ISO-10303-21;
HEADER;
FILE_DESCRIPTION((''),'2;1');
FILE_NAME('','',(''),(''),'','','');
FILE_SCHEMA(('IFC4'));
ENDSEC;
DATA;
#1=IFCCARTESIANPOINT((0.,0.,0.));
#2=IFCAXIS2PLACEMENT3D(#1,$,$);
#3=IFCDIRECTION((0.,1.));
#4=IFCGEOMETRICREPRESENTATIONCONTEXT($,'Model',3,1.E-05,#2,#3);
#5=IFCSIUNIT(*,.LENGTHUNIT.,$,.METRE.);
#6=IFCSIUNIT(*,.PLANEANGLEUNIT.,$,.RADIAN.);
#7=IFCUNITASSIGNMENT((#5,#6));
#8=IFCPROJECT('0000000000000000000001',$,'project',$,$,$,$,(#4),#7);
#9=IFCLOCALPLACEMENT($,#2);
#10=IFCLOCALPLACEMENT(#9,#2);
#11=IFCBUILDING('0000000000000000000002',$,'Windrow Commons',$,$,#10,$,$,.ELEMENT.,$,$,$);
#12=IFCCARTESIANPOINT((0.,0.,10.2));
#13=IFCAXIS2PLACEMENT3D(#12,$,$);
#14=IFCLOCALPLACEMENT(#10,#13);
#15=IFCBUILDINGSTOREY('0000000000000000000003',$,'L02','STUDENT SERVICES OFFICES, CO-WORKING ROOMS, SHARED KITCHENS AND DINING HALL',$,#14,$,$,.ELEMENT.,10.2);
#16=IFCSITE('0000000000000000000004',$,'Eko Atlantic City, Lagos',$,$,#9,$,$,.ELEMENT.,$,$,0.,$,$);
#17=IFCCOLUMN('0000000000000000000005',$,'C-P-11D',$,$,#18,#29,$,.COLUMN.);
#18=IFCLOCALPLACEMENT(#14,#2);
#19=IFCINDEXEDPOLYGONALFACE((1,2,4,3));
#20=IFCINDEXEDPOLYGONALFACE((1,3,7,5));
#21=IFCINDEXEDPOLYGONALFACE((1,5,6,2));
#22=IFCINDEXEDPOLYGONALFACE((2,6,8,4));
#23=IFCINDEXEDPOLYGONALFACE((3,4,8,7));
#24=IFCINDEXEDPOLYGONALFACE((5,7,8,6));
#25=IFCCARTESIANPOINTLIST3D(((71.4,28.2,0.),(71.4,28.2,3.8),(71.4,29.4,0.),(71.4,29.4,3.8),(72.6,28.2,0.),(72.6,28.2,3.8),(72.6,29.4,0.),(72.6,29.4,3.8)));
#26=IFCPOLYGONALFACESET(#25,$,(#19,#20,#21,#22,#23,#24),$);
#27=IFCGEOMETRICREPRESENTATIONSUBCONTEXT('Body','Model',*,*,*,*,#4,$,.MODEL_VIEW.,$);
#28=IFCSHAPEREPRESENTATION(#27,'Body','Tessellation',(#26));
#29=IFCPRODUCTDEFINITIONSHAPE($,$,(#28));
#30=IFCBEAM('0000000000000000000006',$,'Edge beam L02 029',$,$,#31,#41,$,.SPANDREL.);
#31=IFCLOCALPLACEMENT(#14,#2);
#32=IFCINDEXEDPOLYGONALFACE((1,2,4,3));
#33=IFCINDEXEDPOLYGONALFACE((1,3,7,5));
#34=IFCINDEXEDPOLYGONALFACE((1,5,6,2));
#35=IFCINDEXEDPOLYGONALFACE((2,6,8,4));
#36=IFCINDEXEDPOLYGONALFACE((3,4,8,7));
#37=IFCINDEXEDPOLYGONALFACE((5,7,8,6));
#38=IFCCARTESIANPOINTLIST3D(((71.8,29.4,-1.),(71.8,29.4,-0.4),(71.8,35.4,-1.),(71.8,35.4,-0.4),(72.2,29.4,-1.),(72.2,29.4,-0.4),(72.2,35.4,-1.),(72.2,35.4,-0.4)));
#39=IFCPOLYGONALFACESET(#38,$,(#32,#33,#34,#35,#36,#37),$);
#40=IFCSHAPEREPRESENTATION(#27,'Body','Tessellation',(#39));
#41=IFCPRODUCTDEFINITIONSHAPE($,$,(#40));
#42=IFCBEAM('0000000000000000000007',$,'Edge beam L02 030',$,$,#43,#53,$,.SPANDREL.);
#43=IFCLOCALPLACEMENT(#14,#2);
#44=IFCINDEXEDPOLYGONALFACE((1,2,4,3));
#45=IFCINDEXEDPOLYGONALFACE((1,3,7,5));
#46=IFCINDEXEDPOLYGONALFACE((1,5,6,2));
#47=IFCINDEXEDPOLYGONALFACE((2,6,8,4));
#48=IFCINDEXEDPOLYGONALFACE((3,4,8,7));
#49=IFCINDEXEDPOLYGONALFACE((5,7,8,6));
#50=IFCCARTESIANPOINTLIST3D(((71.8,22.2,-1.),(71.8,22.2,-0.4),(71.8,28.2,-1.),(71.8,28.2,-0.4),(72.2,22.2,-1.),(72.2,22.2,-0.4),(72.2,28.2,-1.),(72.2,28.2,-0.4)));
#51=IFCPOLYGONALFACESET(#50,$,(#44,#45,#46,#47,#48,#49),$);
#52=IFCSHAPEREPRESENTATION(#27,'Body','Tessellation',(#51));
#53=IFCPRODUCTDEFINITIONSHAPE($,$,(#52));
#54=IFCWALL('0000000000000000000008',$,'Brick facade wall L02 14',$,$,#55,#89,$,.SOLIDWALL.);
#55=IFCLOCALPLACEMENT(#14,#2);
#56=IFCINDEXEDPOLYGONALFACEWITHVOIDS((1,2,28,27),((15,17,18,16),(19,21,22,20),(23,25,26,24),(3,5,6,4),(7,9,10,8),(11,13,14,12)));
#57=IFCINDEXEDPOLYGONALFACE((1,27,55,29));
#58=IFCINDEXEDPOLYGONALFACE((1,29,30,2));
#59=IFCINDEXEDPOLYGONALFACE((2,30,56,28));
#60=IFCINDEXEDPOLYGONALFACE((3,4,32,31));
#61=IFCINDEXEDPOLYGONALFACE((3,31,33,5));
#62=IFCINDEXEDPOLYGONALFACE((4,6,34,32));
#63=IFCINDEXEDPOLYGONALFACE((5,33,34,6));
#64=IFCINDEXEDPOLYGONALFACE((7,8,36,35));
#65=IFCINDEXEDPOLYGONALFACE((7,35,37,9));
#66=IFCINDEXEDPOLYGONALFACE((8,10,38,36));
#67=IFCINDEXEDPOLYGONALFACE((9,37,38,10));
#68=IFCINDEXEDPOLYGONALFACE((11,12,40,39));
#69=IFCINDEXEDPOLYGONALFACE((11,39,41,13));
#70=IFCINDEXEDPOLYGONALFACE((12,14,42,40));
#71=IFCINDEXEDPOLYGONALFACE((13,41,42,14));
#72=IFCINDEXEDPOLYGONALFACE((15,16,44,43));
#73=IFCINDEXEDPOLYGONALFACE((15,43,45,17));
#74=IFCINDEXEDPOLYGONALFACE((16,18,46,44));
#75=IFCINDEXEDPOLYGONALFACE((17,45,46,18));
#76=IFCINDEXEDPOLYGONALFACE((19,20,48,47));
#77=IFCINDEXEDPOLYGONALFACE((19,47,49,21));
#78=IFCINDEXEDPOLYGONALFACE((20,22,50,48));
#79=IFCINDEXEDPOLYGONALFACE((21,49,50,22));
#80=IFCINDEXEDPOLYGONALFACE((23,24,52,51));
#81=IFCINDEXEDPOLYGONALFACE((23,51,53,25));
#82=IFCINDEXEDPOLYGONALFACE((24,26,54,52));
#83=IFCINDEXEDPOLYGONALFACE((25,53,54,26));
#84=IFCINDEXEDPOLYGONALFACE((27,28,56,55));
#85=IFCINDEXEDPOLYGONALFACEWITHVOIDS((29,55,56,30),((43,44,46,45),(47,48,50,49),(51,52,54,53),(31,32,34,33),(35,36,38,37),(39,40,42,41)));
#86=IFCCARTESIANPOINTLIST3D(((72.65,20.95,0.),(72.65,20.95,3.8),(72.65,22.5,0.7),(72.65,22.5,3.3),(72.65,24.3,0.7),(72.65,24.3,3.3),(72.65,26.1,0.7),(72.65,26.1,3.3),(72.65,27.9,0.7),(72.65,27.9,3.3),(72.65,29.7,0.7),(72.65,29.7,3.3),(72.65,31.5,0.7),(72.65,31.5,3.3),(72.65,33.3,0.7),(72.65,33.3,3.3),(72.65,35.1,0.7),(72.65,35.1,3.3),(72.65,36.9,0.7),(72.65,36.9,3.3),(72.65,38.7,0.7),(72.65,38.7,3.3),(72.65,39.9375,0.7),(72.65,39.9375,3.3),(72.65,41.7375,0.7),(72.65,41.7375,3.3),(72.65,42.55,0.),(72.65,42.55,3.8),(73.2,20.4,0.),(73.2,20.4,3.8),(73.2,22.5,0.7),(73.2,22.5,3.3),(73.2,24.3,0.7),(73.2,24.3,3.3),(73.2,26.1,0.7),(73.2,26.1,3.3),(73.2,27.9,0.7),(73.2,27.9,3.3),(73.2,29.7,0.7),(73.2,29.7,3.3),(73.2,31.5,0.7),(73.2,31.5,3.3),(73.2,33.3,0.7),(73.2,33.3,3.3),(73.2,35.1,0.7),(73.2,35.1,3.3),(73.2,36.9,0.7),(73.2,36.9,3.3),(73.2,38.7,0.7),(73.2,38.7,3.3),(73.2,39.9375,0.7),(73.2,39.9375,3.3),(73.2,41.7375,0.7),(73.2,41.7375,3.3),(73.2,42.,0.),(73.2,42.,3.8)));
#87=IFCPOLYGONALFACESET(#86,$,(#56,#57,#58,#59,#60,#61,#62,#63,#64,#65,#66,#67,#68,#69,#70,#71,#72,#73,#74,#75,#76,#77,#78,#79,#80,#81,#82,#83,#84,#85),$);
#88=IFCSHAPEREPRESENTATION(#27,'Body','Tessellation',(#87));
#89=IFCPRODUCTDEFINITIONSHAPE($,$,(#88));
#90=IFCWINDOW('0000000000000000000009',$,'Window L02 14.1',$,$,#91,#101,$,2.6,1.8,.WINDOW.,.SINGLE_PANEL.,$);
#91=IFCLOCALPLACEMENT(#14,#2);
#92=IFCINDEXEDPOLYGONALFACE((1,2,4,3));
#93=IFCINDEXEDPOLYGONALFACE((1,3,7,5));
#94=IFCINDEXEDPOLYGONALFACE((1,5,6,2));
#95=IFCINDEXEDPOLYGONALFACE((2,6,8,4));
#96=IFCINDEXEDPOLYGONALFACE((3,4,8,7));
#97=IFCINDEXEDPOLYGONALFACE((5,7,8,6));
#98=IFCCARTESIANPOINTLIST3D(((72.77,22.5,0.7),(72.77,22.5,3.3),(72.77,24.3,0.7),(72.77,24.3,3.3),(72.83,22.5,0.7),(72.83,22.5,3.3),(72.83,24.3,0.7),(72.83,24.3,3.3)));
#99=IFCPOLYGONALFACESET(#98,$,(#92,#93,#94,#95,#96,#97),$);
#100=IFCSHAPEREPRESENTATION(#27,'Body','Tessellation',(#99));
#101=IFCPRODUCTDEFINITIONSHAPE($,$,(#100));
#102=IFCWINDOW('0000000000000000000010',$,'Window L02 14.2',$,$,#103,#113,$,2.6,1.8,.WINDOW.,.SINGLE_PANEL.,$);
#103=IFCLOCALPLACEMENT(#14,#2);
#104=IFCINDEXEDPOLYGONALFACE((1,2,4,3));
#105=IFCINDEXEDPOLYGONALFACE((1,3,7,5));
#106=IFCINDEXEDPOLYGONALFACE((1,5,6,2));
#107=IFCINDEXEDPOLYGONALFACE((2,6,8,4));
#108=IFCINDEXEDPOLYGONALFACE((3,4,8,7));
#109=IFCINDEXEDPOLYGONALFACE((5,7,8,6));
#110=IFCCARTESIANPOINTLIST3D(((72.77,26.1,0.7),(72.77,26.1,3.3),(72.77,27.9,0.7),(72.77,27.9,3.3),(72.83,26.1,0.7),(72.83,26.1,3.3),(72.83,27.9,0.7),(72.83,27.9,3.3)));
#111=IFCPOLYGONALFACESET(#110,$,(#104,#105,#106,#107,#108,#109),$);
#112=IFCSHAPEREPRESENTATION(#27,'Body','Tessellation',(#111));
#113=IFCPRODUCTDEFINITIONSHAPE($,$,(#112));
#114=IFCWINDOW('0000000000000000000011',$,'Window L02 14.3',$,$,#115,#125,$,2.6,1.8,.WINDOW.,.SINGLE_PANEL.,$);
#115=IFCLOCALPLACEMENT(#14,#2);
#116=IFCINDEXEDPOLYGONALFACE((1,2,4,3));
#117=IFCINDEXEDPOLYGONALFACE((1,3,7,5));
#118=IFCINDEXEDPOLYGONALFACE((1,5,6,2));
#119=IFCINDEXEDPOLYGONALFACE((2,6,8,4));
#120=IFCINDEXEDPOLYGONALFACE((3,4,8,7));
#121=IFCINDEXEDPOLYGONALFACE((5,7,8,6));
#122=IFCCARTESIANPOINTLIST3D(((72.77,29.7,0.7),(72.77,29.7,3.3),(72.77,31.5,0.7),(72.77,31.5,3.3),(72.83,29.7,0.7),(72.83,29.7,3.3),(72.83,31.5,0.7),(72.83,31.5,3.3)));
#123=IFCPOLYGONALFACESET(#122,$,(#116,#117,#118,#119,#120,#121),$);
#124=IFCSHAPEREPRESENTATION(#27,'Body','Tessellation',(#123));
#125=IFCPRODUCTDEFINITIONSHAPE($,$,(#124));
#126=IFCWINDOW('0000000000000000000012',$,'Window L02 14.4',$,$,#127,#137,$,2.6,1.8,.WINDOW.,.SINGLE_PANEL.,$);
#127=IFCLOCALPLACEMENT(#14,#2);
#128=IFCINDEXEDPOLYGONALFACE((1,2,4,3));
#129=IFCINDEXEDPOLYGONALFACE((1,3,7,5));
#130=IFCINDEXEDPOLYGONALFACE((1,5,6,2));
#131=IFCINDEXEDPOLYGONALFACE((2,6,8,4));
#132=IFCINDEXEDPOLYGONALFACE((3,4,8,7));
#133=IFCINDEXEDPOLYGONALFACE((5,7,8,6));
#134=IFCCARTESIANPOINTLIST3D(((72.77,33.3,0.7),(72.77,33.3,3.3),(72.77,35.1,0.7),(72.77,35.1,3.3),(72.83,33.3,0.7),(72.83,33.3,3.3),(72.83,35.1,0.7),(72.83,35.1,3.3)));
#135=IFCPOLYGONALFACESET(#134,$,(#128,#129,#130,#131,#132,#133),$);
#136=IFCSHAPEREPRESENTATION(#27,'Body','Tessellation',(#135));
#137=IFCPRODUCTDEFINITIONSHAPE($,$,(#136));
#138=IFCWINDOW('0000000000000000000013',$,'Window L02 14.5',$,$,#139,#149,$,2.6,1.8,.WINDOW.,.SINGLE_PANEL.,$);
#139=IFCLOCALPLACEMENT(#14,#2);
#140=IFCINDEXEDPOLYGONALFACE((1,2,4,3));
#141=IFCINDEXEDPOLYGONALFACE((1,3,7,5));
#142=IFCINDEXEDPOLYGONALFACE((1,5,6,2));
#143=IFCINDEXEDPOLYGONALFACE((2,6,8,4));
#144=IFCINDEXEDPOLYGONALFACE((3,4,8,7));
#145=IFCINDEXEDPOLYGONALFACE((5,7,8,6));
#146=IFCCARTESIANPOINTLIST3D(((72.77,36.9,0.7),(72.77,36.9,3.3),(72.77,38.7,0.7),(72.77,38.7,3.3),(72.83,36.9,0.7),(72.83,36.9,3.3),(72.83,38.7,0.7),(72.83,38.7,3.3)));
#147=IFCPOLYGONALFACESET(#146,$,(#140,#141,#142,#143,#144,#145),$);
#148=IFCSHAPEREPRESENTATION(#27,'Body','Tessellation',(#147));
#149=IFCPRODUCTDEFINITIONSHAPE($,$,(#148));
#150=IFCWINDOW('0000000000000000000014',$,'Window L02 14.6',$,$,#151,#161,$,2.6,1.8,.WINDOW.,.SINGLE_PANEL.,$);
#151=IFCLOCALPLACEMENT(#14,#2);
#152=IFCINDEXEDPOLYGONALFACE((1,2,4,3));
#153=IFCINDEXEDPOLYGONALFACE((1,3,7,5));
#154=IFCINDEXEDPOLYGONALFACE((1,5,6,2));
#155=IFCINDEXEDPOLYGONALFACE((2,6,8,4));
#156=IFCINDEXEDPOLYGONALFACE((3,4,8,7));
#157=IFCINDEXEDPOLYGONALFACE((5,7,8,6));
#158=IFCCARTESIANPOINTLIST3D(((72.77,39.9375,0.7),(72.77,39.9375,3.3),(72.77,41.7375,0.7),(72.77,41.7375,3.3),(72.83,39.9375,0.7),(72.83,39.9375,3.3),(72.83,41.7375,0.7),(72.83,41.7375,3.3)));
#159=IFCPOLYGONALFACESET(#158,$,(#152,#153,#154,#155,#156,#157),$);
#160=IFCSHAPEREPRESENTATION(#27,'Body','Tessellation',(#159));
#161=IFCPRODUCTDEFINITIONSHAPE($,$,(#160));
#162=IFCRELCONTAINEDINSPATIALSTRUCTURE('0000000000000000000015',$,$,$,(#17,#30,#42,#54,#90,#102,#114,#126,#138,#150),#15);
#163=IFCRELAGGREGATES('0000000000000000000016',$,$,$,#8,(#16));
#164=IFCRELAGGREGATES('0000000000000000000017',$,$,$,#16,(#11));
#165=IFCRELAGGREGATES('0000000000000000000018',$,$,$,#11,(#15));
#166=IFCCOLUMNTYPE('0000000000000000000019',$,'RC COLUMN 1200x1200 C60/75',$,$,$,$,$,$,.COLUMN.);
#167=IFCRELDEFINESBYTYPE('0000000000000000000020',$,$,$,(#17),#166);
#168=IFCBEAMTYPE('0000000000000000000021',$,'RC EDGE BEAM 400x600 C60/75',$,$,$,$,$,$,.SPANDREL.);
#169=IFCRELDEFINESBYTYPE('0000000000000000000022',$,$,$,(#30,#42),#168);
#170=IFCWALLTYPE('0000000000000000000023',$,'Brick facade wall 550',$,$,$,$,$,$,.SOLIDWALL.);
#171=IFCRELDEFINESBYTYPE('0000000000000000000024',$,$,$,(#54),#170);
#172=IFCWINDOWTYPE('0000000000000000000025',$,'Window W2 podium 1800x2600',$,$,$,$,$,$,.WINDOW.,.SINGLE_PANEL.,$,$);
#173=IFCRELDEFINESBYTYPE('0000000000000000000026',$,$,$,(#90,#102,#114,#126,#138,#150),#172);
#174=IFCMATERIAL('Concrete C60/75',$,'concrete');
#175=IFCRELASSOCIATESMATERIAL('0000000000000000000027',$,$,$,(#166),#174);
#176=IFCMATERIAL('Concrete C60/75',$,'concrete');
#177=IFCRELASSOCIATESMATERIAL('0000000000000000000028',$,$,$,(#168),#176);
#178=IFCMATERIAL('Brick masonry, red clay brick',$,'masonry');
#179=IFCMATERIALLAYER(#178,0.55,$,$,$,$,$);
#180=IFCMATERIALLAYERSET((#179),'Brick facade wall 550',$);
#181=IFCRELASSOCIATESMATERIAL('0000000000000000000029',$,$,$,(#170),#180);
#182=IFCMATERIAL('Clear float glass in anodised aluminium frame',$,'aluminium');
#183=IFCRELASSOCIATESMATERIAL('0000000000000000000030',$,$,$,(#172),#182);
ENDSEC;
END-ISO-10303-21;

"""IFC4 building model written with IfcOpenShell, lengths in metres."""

from ifc_helpers import new_model, si_unit, direction, frame, frame_2d, origin, origin_2d, place, context, subcontext, project, spatial, polyline, rectangle, outline, extrude, material, layer, layer_set, material_profile, profile_set, type_object, element, fill, save


model = new_model("IFC4")

# Units and contexts
model_context = context("Model", 3, precision=1e-05, world=origin(), true_north=direction((0.0, 1.0)))
body_context = subcontext(model_context, "Body", "Model", "MODEL_VIEW")
ifc_project = project(units=[si_unit("LENGTHUNIT", "METRE"), si_unit("PLANEANGLEUNIT", "RADIAN")], contexts=[model_context])

# Site, building, storey
site_placement = place(None, origin())
site = spatial("IfcSite", under=ifc_project, at=site_placement, Name="Eko Atlantic City, Lagos", CompositionType="ELEMENT", RefElevation=0.0)
building_placement = place(site_placement, origin())
building = spatial("IfcBuilding", under=site, at=building_placement, Name="Windrow Commons", CompositionType="ELEMENT")
storey_placement = place(building_placement, frame((0.0, 0.0, 10.2)))
storey = spatial("IfcBuildingStorey", under=building, at=storey_placement, Name="L02", Description="STUDENT SERVICES OFFICES, CO-WORKING ROOMS, SHARED KITCHENS AND DINING HALL", CompositionType="ELEMENT", Elevation=10.2)

# Column
ifc_material_1 = material(Name="Concrete C60/75", Category="concrete")
ifc_material_profile_1 = material_profile(ifc_material_1, rectangle(XDim=1.2, YDim=1.2, at=origin_2d()))
ifc_profile_set_1 = profile_set([ifc_material_profile_1], Name="Concrete C60/75")
column_type = type_object("IfcColumnType", Name="RC COLUMN 1200x1200 C60/75", PredefinedType="COLUMN", material=ifc_profile_set_1)
column_placement = place(storey_placement, frame((72.0, 28.8, 0.0), z_axis=(0.0, 0.0, 1.0), x_axis=(1.0, 0.0, 0.0)))
element("IfcColumn", 1, at=column_placement, inside=storey, type_object=column_type, Name="C-P-11D", PredefinedType="COLUMN", context=body_context, shape_type="SweptSolid", body=[
    extrude(rectangle(XDim=1.2, YDim=1.2, at=origin_2d()), origin(), (0.0, 0.0, 1.0), 3.8),
])

# Beams
ifc_material_2 = material(Name="Concrete C60/75", Category="concrete")
ifc_material_profile_2 = material_profile(ifc_material_2, rectangle(XDim=0.4, YDim=0.6, at=origin_2d()))
ifc_profile_set_2 = profile_set([ifc_material_profile_2], Name="Concrete C60/75")
beam_type = type_object("IfcBeamType", Name="RC EDGE BEAM 400x600 C60/75", PredefinedType="SPANDREL", material=ifc_profile_set_2)
for number, where, z_axis, x_axis, name in (
    (2, (72.0, 35.4, -0.7), (0.0, -1.0, 0.0), (1.0, 0.0, 0.0), "Edge beam L02 029"),
    (3, (72.0, 28.2, -0.7), (0.0, -1.0, 0.0), (1.0, 0.0, 0.0), "Edge beam L02 030"),
):
    element("IfcBeam", number, at=place(storey_placement, frame(where, z_axis=z_axis, x_axis=x_axis)), inside=storey, type_object=beam_type, Name=name, PredefinedType="SPANDREL", context=body_context, shape_type="SweptSolid", body=[
        extrude(rectangle(XDim=0.4, YDim=0.6, at=origin_2d()), origin(), (0.0, 0.0, 1.0), 6.0),
    ])

# Wall, openings, windows
ifc_material_3 = material(Name="Brick masonry, red clay brick", Category="masonry")
ifc_layer_1 = layer(ifc_material_3, 0.55)
ifc_layer_set_1 = layer_set([ifc_layer_1], Name="Brick facade wall 550")
wall_type_1 = type_object("IfcWallType", Name="Brick facade wall 550", PredefinedType="SOLIDWALL", material=ifc_layer_set_1)
wall_1_placement = place(storey_placement, frame((72.925, 20.675, 0.0), z_axis=(0.0, 0.0, 1.0), x_axis=(0.0, 1.0, 0.0)))
wall_1 = element("IfcWall", 4, at=wall_1_placement, inside=storey, type_object=wall_type_1, Name="Brick facade wall L02 14", PredefinedType="SOLIDWALL", context=body_context, shape_type="SweptSolid", body=[
    extrude(outline(polyline([(-0.275, -0.275), (21.325, -0.275), (21.875, 0.275), (0.275, 0.275), (-0.275, -0.275)])), origin(), (0.0, 0.0, 1.0), 3.8),
])
opening_1_placement = place(wall_1_placement, frame((1.825, 0.0, 0.7)))
opening_1 = element("IfcOpeningElement", 5, at=opening_1_placement, cuts=wall_1, PredefinedType="OPENING", context=body_context, shape_type="SweptSolid", body=[
    extrude(rectangle(XDim=1.8, YDim=2.6, at=frame_2d((0.9, 1.3))), frame((0.0, 0.285, 0.0), z_axis=(0.0, -1.0, 0.0), x_axis=(1.0, 0.0, 0.0)), (0.0, 0.0, 1.0), 0.57),
])
opening_2_placement = place(wall_1_placement, frame((5.425, 0.0, 0.7)))
opening_2 = element("IfcOpeningElement", 6, at=opening_2_placement, cuts=wall_1, PredefinedType="OPENING", context=body_context, shape_type="SweptSolid", body=[
    extrude(rectangle(XDim=1.8, YDim=2.6, at=frame_2d((0.9, 1.3))), frame((0.0, 0.285, 0.0), z_axis=(0.0, -1.0, 0.0), x_axis=(1.0, 0.0, 0.0)), (0.0, 0.0, 1.0), 0.57),
])
opening_3_placement = place(wall_1_placement, frame((9.025, 0.0, 0.7)))
opening_3 = element("IfcOpeningElement", 7, at=opening_3_placement, cuts=wall_1, PredefinedType="OPENING", context=body_context, shape_type="SweptSolid", body=[
    extrude(rectangle(XDim=1.8, YDim=2.6, at=frame_2d((0.9, 1.3))), frame((0.0, 0.285, 0.0), z_axis=(0.0, -1.0, 0.0), x_axis=(1.0, 0.0, 0.0)), (0.0, 0.0, 1.0), 0.57),
])
opening_4_placement = place(wall_1_placement, frame((12.625, 0.0, 0.7)))
opening_4 = element("IfcOpeningElement", 8, at=opening_4_placement, cuts=wall_1, PredefinedType="OPENING", context=body_context, shape_type="SweptSolid", body=[
    extrude(rectangle(XDim=1.8, YDim=2.6, at=frame_2d((0.9, 1.3))), frame((0.0, 0.285, 0.0), z_axis=(0.0, -1.0, 0.0), x_axis=(1.0, 0.0, 0.0)), (0.0, 0.0, 1.0), 0.57),
])
opening_5_placement = place(wall_1_placement, frame((16.225, 0.0, 0.7)))
opening_5 = element("IfcOpeningElement", 9, at=opening_5_placement, cuts=wall_1, PredefinedType="OPENING", context=body_context, shape_type="SweptSolid", body=[
    extrude(rectangle(XDim=1.8, YDim=2.6, at=frame_2d((0.9, 1.3))), frame((0.0, 0.285, 0.0), z_axis=(0.0, -1.0, 0.0), x_axis=(1.0, 0.0, 0.0)), (0.0, 0.0, 1.0), 0.57),
])
opening_6_placement = place(wall_1_placement, frame((19.2625, 0.0, 0.7)))
opening_6 = element("IfcOpeningElement", 10, at=opening_6_placement, cuts=wall_1, PredefinedType="OPENING", context=body_context, shape_type="SweptSolid", body=[
    extrude(rectangle(XDim=1.8, YDim=2.6, at=frame_2d((0.9, 1.3))), frame((0.0, 0.285, 0.0), z_axis=(0.0, -1.0, 0.0), x_axis=(1.0, 0.0, 0.0)), (0.0, 0.0, 1.0), 0.57),
])
ifc_material_4 = material(Name="Clear float glass in anodised aluminium frame", Category="aluminium")
window_type = type_object("IfcWindowType", Name="Window W2 podium 1800x2600", PartitioningType="SINGLE_PANEL", PredefinedType="WINDOW", material=ifc_material_4)
window_1_placement = place(opening_1_placement, origin())
window_1 = element("IfcWindow", 11, at=window_1_placement, inside=storey, type_object=window_type, Name="Window L02 14.1", OverallHeight=2.6, OverallWidth=1.8, PartitioningType="SINGLE_PANEL", PredefinedType="WINDOW", context=body_context, shape_type="SweptSolid", body=[
    extrude(rectangle(XDim=1.8, YDim=2.6, at=frame_2d((0.9, 1.3))), frame((0.0, 0.155, 0.0), z_axis=(0.0, -1.0, 0.0), x_axis=(1.0, 0.0, 0.0)), (0.0, 0.0, 1.0), 0.06),
])
fill(opening_1, window_1)
window_2_placement = place(opening_2_placement, origin())
window_2 = element("IfcWindow", 12, at=window_2_placement, inside=storey, type_object=window_type, Name="Window L02 14.2", OverallHeight=2.6, OverallWidth=1.8, PartitioningType="SINGLE_PANEL", PredefinedType="WINDOW", context=body_context, shape_type="SweptSolid", body=[
    extrude(rectangle(XDim=1.8, YDim=2.6, at=frame_2d((0.9, 1.3))), frame((0.0, 0.155, 0.0), z_axis=(0.0, -1.0, 0.0), x_axis=(1.0, 0.0, 0.0)), (0.0, 0.0, 1.0), 0.06),
])
fill(opening_2, window_2)
window_3_placement = place(opening_3_placement, origin())
window_3 = element("IfcWindow", 13, at=window_3_placement, inside=storey, type_object=window_type, Name="Window L02 14.3", OverallHeight=2.6, OverallWidth=1.8, PartitioningType="SINGLE_PANEL", PredefinedType="WINDOW", context=body_context, shape_type="SweptSolid", body=[
    extrude(rectangle(XDim=1.8, YDim=2.6, at=frame_2d((0.9, 1.3))), frame((0.0, 0.155, 0.0), z_axis=(0.0, -1.0, 0.0), x_axis=(1.0, 0.0, 0.0)), (0.0, 0.0, 1.0), 0.06),
])
fill(opening_3, window_3)
window_4_placement = place(opening_4_placement, origin())
window_4 = element("IfcWindow", 14, at=window_4_placement, inside=storey, type_object=window_type, Name="Window L02 14.4", OverallHeight=2.6, OverallWidth=1.8, PartitioningType="SINGLE_PANEL", PredefinedType="WINDOW", context=body_context, shape_type="SweptSolid", body=[
    extrude(rectangle(XDim=1.8, YDim=2.6, at=frame_2d((0.9, 1.3))), frame((0.0, 0.155, 0.0), z_axis=(0.0, -1.0, 0.0), x_axis=(1.0, 0.0, 0.0)), (0.0, 0.0, 1.0), 0.06),
])
fill(opening_4, window_4)
window_5_placement = place(opening_5_placement, origin())
window_5 = element("IfcWindow", 15, at=window_5_placement, inside=storey, type_object=window_type, Name="Window L02 14.5", OverallHeight=2.6, OverallWidth=1.8, PartitioningType="SINGLE_PANEL", PredefinedType="WINDOW", context=body_context, shape_type="SweptSolid", body=[
    extrude(rectangle(XDim=1.8, YDim=2.6, at=frame_2d((0.9, 1.3))), frame((0.0, 0.155, 0.0), z_axis=(0.0, -1.0, 0.0), x_axis=(1.0, 0.0, 0.0)), (0.0, 0.0, 1.0), 0.06),
])
fill(opening_5, window_5)
window_6_placement = place(opening_6_placement, origin())
window_6 = element("IfcWindow", 16, at=window_6_placement, inside=storey, type_object=window_type, Name="Window L02 14.6", OverallHeight=2.6, OverallWidth=1.8, PartitioningType="SINGLE_PANEL", PredefinedType="WINDOW", context=body_context, shape_type="SweptSolid", body=[
    extrude(rectangle(XDim=1.8, YDim=2.6, at=frame_2d((0.9, 1.3))), frame((0.0, 0.155, 0.0), z_axis=(0.0, -1.0, 0.0), x_axis=(1.0, 0.0, 0.0)), (0.0, 0.0, 1.0), 0.06),
])
fill(opening_6, window_6)

save(model, "model.ifc")
